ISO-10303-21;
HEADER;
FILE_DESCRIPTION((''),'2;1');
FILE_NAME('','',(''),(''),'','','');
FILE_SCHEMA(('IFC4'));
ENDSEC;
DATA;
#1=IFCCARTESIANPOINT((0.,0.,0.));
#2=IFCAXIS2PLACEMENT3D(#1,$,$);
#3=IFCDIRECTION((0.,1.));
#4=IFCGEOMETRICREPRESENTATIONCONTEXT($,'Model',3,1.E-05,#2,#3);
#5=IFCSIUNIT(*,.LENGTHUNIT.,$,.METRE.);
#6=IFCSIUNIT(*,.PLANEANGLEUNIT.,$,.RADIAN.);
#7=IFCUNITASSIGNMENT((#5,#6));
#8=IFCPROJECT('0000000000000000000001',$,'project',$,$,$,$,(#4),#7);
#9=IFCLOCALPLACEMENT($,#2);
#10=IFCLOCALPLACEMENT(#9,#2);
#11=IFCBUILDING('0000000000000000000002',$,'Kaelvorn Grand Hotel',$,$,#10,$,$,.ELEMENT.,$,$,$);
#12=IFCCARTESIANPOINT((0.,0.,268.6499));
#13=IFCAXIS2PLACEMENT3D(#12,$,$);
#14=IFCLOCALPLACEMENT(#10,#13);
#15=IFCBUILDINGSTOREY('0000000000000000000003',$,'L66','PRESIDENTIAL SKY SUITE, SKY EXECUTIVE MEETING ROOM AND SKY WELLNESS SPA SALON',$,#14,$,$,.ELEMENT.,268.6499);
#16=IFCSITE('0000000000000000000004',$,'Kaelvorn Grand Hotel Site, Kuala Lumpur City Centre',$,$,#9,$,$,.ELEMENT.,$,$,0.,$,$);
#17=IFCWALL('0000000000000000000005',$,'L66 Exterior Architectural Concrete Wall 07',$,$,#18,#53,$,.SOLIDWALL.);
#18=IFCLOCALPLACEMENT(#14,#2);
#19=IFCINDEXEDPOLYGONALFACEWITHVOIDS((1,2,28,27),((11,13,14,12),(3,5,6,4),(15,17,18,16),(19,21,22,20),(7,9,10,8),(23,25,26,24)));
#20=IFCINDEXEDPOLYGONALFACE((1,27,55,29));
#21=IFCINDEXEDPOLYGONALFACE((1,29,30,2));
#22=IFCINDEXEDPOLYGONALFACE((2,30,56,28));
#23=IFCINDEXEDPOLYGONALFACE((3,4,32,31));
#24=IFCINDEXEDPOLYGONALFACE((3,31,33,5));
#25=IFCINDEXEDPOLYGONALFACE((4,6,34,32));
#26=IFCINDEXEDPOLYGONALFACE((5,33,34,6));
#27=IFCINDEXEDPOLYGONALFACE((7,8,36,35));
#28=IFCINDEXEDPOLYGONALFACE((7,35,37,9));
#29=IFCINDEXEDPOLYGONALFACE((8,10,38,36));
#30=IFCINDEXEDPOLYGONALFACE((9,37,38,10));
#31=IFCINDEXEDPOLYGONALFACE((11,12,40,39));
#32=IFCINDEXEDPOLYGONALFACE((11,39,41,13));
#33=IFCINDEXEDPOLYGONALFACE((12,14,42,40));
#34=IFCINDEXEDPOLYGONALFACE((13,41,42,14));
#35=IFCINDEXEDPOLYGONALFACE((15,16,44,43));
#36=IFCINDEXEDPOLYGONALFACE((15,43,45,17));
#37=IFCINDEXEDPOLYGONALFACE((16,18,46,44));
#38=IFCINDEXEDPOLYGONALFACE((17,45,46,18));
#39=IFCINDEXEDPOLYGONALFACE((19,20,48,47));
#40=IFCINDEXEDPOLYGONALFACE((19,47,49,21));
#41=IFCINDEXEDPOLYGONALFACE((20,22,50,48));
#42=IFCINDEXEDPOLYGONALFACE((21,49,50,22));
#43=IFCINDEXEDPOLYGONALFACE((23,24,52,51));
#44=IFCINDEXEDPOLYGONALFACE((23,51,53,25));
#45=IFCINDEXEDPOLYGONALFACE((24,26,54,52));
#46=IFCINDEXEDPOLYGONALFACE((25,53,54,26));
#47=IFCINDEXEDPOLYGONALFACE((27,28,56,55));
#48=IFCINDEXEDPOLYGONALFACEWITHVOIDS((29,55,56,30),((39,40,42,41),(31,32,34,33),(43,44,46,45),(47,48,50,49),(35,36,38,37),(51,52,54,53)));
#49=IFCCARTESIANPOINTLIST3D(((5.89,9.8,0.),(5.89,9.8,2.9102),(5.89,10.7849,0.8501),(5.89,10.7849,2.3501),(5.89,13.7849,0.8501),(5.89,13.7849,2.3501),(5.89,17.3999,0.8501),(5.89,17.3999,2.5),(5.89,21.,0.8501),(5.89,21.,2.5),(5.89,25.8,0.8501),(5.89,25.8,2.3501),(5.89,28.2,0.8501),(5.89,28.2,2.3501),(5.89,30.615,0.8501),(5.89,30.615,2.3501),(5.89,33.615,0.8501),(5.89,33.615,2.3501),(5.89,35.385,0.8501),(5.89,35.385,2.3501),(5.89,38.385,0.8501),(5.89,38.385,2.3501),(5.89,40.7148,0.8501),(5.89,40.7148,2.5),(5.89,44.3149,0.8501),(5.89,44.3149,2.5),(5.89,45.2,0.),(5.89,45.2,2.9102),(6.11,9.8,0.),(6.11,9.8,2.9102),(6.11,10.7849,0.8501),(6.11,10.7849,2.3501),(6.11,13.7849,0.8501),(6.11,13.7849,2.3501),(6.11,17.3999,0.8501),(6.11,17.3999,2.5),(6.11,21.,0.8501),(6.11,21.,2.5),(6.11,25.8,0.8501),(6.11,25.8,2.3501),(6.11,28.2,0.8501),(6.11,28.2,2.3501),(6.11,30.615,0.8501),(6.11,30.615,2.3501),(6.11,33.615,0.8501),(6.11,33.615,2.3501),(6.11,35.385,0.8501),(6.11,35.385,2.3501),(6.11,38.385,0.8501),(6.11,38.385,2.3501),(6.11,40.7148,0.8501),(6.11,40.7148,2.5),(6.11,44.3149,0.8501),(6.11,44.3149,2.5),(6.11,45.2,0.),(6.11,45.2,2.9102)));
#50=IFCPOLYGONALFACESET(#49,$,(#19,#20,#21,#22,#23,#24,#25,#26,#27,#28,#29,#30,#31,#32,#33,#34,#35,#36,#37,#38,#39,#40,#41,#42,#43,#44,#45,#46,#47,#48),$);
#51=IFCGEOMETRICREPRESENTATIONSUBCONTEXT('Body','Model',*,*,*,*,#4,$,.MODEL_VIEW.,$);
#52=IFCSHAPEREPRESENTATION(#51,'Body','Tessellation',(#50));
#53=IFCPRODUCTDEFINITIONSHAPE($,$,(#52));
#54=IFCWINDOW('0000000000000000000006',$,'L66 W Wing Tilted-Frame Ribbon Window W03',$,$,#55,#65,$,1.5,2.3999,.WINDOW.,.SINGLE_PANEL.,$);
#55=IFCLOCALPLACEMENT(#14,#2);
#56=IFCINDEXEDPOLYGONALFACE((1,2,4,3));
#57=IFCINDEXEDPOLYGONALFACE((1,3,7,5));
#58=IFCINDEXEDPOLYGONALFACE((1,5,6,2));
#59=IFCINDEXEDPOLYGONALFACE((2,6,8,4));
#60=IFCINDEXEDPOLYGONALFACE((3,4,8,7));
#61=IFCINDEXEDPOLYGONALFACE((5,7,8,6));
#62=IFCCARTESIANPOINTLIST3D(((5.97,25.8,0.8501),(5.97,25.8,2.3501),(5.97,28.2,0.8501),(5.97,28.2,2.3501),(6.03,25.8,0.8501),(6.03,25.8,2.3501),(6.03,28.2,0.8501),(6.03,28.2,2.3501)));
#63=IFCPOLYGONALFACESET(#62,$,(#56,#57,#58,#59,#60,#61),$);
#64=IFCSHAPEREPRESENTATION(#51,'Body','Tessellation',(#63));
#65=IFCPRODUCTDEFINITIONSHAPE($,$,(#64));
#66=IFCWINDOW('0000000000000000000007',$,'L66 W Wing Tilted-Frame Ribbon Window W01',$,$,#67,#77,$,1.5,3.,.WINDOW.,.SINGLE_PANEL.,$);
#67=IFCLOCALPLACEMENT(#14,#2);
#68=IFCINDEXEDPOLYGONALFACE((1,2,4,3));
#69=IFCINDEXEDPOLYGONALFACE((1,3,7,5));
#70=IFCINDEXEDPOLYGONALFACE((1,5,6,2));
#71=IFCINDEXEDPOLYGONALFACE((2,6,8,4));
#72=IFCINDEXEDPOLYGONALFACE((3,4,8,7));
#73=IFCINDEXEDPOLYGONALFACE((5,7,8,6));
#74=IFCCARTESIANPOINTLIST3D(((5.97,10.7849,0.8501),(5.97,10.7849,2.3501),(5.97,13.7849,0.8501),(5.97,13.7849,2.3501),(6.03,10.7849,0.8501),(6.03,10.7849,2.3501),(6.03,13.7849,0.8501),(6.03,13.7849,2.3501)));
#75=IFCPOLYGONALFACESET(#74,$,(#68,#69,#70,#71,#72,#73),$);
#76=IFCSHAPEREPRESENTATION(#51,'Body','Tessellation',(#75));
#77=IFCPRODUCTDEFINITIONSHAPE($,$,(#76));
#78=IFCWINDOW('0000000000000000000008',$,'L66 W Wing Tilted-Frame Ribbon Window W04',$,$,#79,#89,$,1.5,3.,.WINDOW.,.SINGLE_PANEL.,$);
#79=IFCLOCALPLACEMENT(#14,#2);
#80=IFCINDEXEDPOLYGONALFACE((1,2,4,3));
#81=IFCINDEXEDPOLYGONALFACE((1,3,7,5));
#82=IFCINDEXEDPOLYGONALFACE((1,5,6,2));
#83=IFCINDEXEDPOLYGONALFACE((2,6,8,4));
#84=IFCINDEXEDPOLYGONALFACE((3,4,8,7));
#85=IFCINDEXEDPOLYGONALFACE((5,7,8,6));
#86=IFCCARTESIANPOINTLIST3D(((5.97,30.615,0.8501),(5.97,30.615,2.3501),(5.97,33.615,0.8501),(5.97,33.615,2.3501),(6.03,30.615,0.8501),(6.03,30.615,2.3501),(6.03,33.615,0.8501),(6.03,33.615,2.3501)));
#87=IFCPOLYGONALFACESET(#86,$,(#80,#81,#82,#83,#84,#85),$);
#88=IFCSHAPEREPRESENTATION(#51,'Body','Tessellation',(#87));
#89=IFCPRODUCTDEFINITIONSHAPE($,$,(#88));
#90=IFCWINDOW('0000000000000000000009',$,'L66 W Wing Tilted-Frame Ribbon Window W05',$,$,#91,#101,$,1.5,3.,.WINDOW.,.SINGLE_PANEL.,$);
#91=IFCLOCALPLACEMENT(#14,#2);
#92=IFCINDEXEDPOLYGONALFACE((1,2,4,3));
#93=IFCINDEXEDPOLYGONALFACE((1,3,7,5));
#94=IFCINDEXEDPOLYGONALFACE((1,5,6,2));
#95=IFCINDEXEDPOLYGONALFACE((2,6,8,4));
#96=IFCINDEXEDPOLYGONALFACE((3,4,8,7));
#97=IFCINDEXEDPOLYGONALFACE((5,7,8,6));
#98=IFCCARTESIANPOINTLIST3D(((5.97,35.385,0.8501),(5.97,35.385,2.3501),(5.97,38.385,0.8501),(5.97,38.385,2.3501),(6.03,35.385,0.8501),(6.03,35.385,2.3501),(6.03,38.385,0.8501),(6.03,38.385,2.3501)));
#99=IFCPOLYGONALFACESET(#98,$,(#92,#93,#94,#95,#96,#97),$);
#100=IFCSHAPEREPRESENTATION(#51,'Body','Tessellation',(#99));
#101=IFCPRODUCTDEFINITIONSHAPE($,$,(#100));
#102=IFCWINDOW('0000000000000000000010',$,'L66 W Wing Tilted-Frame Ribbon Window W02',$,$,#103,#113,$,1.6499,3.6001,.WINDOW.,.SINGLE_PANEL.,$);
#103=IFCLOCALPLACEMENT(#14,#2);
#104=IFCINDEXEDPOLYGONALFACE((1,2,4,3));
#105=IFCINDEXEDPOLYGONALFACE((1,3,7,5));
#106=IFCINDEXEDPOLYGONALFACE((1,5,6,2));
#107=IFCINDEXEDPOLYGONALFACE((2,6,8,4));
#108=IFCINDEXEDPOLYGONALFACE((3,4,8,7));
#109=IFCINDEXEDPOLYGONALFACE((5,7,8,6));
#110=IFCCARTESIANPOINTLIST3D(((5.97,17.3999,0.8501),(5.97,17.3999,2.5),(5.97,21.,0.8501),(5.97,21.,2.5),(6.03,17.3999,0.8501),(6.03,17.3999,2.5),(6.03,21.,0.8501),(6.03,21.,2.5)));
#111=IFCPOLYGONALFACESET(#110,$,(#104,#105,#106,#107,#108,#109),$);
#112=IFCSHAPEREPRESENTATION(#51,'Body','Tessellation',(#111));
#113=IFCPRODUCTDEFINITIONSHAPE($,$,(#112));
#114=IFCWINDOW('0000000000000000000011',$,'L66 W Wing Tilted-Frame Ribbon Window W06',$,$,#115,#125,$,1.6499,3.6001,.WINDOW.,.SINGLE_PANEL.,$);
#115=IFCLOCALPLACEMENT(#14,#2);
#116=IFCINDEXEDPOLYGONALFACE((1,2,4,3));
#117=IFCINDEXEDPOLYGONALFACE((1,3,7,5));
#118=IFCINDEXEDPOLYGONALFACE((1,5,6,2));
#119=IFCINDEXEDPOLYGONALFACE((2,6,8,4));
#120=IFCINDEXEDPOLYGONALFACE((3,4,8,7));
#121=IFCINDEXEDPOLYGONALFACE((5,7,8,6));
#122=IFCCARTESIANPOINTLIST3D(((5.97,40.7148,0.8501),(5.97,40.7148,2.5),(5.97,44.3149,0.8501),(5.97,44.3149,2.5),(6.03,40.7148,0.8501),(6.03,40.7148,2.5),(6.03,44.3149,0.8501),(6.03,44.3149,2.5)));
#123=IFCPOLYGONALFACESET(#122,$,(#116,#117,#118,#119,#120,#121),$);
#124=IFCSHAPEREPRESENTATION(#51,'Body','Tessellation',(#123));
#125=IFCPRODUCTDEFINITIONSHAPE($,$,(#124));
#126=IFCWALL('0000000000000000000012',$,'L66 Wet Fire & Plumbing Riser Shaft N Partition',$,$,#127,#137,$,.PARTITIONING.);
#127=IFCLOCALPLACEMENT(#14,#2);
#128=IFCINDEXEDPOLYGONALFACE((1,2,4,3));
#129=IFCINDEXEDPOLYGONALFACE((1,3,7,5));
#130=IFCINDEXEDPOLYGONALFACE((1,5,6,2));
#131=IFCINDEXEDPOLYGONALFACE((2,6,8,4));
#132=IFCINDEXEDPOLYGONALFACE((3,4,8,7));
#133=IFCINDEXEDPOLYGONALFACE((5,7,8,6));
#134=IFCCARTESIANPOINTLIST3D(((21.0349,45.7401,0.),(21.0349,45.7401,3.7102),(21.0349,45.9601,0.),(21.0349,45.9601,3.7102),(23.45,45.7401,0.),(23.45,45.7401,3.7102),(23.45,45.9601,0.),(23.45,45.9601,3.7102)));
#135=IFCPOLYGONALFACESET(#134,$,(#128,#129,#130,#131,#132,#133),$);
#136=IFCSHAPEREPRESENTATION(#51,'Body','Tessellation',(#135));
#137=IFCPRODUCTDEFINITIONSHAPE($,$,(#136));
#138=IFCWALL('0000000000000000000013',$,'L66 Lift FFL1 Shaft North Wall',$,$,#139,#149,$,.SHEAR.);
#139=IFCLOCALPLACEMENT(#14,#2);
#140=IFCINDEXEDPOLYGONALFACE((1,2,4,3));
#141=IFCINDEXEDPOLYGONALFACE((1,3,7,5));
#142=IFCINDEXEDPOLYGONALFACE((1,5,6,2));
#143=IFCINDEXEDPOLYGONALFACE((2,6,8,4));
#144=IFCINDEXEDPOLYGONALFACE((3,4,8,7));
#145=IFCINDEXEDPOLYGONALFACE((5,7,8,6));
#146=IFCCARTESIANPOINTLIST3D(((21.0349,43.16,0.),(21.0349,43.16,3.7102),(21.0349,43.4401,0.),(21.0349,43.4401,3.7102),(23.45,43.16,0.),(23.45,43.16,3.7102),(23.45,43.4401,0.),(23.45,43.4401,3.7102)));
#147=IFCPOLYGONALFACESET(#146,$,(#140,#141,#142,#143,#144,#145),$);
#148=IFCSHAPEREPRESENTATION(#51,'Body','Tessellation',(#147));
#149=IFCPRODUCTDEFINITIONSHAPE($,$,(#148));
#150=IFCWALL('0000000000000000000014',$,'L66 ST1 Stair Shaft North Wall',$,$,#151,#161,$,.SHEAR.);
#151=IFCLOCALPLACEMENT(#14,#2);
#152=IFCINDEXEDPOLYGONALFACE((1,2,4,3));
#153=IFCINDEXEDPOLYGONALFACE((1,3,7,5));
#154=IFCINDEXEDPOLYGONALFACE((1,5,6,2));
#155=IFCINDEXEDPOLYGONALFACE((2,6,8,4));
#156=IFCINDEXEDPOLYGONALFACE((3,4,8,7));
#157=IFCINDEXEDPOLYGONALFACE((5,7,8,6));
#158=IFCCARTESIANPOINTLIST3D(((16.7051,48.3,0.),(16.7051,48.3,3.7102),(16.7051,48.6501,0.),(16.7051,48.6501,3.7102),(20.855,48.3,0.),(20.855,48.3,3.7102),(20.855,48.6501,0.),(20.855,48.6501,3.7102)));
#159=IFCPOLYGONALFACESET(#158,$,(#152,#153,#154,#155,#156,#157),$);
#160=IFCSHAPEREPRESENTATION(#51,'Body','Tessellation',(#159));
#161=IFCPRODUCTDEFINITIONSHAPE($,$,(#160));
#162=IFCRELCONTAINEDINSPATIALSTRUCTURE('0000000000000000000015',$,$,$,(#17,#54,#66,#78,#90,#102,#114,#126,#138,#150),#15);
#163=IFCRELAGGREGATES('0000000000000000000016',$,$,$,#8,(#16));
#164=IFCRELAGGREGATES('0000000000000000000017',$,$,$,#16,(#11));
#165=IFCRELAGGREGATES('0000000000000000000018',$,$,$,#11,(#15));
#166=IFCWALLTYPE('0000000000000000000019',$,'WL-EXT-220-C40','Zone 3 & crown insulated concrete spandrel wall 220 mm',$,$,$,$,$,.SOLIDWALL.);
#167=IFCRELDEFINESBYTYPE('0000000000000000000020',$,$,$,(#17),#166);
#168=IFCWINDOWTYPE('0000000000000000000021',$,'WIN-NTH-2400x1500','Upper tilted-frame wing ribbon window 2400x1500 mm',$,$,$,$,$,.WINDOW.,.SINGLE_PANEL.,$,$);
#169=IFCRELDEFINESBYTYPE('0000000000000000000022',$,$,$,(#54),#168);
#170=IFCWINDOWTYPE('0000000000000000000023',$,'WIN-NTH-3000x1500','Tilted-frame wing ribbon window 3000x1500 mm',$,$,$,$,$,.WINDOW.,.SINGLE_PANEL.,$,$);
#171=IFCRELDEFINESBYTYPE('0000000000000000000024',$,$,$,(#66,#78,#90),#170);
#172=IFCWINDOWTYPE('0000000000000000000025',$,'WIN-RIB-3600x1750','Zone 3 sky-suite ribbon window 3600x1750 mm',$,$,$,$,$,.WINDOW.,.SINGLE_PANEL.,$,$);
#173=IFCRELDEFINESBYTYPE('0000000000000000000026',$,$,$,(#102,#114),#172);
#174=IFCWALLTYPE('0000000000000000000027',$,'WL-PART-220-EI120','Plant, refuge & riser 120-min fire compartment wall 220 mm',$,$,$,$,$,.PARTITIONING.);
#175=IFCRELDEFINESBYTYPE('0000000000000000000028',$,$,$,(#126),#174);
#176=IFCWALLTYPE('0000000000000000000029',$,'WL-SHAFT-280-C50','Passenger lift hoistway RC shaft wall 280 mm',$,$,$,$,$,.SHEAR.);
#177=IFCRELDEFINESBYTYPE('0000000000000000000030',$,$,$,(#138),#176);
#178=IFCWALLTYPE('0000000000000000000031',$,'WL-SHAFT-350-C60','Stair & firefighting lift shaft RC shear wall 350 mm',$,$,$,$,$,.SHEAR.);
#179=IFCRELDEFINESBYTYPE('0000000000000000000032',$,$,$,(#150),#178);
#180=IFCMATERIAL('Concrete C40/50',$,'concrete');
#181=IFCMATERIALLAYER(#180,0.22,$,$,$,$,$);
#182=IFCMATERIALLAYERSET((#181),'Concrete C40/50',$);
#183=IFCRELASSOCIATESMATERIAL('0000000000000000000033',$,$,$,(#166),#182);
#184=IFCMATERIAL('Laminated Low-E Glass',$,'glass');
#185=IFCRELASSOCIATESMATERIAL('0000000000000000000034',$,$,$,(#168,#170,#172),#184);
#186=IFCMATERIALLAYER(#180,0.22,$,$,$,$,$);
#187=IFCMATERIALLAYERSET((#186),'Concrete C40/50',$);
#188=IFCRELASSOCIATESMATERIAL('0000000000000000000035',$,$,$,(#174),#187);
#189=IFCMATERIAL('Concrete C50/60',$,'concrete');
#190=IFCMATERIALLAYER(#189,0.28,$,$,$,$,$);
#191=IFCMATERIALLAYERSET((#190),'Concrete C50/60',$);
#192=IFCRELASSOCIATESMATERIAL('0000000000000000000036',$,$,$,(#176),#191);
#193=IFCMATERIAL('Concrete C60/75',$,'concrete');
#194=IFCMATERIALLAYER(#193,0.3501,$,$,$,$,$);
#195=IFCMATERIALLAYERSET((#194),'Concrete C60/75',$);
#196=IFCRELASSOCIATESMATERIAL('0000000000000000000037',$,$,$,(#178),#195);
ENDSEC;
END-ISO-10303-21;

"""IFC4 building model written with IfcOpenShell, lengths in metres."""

from ifc_helpers import new_model, si_unit, direction, frame, frame_2d, origin, place, context, subcontext, project, spatial, rectangle, extrude, material, layer, layer_set, type_object, element, fill, save


model = new_model("IFC4")

# Units and contexts
model_context = context("Model", 3, precision=1e-05, world=origin(), true_north=direction((0.0, 1.0)))
body_context = subcontext(model_context, "Body", "Model", "MODEL_VIEW")
ifc_project = project(units=[si_unit("LENGTHUNIT", "METRE"), si_unit("PLANEANGLEUNIT", "RADIAN")], contexts=[model_context])

# Site, building, storey
site_placement = place(None, origin())
site = spatial("IfcSite", under=ifc_project, at=site_placement, Name="Kaelvorn Grand Hotel Site, Kuala Lumpur City Centre", CompositionType="ELEMENT", RefElevation=0.0)
building_placement = place(site_placement, origin())
building = spatial("IfcBuilding", under=site, at=building_placement, Name="Kaelvorn Grand Hotel", CompositionType="ELEMENT")
storey_placement = place(building_placement, frame((0.0, 0.0, 268.6499)))
storey = spatial("IfcBuildingStorey", under=building, at=storey_placement, Name="L66", Description="PRESIDENTIAL SKY SUITE, SKY EXECUTIVE MEETING ROOM AND SKY WELLNESS SPA SALON", CompositionType="ELEMENT", Elevation=268.6499)

# Shared definitions
ifc_material_1 = material(Name="Concrete C60/75", Category="concrete")
ifc_material_2 = material(Name="Concrete C50/60", Category="concrete")

# Shared definitions
ifc_material_3 = material(Name="Concrete C40/50", Category="concrete")
ifc_layer_1 = layer(ifc_material_3, 0.22)
ifc_layer_set_1 = layer_set([ifc_layer_1], Name="Concrete C40/50")
wall_type_1 = type_object("IfcWallType", Name="WL-EXT-220-C40", Description="Zone 3 & crown insulated concrete spandrel wall 220 mm", PredefinedType="SOLIDWALL", material=ifc_layer_set_1)
ifc_material_4 = material(Name="Laminated Low-E Glass", Category="glass")

# Wall, openings, windows
wall_1_placement = place(storey_placement, frame((6.0, 45.2, 0.0), z_axis=(0.0, 0.0, 1.0), x_axis=(0.0, -1.0, 0.0)))
wall_1 = element("IfcWall", 1, at=wall_1_placement, inside=storey, type_object=wall_type_1, Name="L66 Exterior Architectural Concrete Wall 07", PredefinedType="SOLIDWALL", context=body_context, shape_type="SweptSolid", body=[
    extrude(rectangle(XDim=35.3999, YDim=0.22, at=frame_2d((17.7, 0.0))), origin(), (0.0, 0.0, 1.0), 2.9102),
])
opening_1_placement = place(wall_1_placement, frame((31.415, 0.0, 0.8501)))
opening_1 = element("IfcOpeningElement", 2, at=opening_1_placement, cuts=wall_1, PredefinedType="OPENING", context=body_context, shape_type="SweptSolid", body=[
    extrude(rectangle(XDim=3.0, YDim=1.5, at=frame_2d((1.5, 0.75))), frame((0.0, 0.1201, 0.0), z_axis=(0.0, -1.0, 0.0), x_axis=(1.0, 0.0, 0.0)), (0.0, 0.0, 1.0), 0.24),
])
opening_2_placement = place(wall_1_placement, frame((24.2, 0.0, 0.8501)))
opening_2 = element("IfcOpeningElement", 3, at=opening_2_placement, cuts=wall_1, PredefinedType="OPENING", context=body_context, shape_type="SweptSolid", body=[
    extrude(rectangle(XDim=3.6001, YDim=1.6499, at=frame_2d((1.8, 0.825))), frame((0.0, 0.1201, 0.0), z_axis=(0.0, -1.0, 0.0), x_axis=(1.0, 0.0, 0.0)), (0.0, 0.0, 1.0), 0.24),
])
opening_3_placement = place(wall_1_placement, frame((17.0, 0.0, 0.8501)))
opening_3 = element("IfcOpeningElement", 4, at=opening_3_placement, cuts=wall_1, PredefinedType="OPENING", context=body_context, shape_type="SweptSolid", body=[
    extrude(rectangle(XDim=2.3999, YDim=1.5, at=frame_2d((1.2, 0.75))), frame((0.0, 0.1201, 0.0), z_axis=(0.0, -1.0, 0.0), x_axis=(1.0, 0.0, 0.0)), (0.0, 0.0, 1.0), 0.24),
])
opening_4_placement = place(wall_1_placement, frame((11.585, 0.0, 0.8501)))
opening_4 = element("IfcOpeningElement", 5, at=opening_4_placement, cuts=wall_1, PredefinedType="OPENING", context=body_context, shape_type="SweptSolid", body=[
    extrude(rectangle(XDim=3.0, YDim=1.5, at=frame_2d((1.5, 0.75))), frame((0.0, 0.1201, 0.0), z_axis=(0.0, -1.0, 0.0), x_axis=(1.0, 0.0, 0.0)), (0.0, 0.0, 1.0), 0.24),
])
opening_5_placement = place(wall_1_placement, frame((6.8149, 0.0, 0.8501)))
opening_5 = element("IfcOpeningElement", 6, at=opening_5_placement, cuts=wall_1, PredefinedType="OPENING", context=body_context, shape_type="SweptSolid", body=[
    extrude(rectangle(XDim=3.0, YDim=1.5, at=frame_2d((1.5, 0.75))), frame((0.0, 0.1201, 0.0), z_axis=(0.0, -1.0, 0.0), x_axis=(1.0, 0.0, 0.0)), (0.0, 0.0, 1.0), 0.24),
])
opening_6_placement = place(wall_1_placement, frame((0.885, 0.0, 0.8501)))
opening_6 = element("IfcOpeningElement", 7, at=opening_6_placement, cuts=wall_1, PredefinedType="OPENING", context=body_context, shape_type="SweptSolid", body=[
    extrude(rectangle(XDim=3.6001, YDim=1.6499, at=frame_2d((1.8, 0.825))), frame((0.0, 0.1201, 0.0), z_axis=(0.0, -1.0, 0.0), x_axis=(1.0, 0.0, 0.0)), (0.0, 0.0, 1.0), 0.24),
])
window_type_1 = type_object("IfcWindowType", Name="WIN-NTH-2400x1500", Description="Upper tilted-frame wing ribbon window 2400x1500 mm", PartitioningType="SINGLE_PANEL", PredefinedType="WINDOW", material=ifc_material_4)
window_1_placement = place(opening_3_placement, origin())
window_1 = element("IfcWindow", 8, at=window_1_placement, inside=storey, type_object=window_type_1, Name="L66 W Wing Tilted-Frame Ribbon Window W03", OverallHeight=1.5, OverallWidth=2.3999, PartitioningType="SINGLE_PANEL", PredefinedType="WINDOW", context=body_context, shape_type="SweptSolid", body=[
    extrude(rectangle(XDim=2.3999, YDim=1.5, at=frame_2d((1.2, 0.75))), frame((0.0, 0.03, 0.0), z_axis=(0.0, -1.0, 0.0), x_axis=(1.0, 0.0, 0.0)), (0.0, 0.0, 1.0), 0.0601),
])
fill(opening_3, window_1)
window_type_2 = type_object("IfcWindowType", Name="WIN-NTH-3000x1500", Description="Tilted-frame wing ribbon window 3000x1500 mm", PartitioningType="SINGLE_PANEL", PredefinedType="WINDOW", material=ifc_material_4)
window_2_placement = place(opening_1_placement, origin())
window_2 = element("IfcWindow", 9, at=window_2_placement, inside=storey, type_object=window_type_2, Name="L66 W Wing Tilted-Frame Ribbon Window W01", OverallHeight=1.5, OverallWidth=3.0, PartitioningType="SINGLE_PANEL", PredefinedType="WINDOW", context=body_context, shape_type="SweptSolid", body=[
    extrude(rectangle(XDim=3.0, YDim=1.5, at=frame_2d((1.5, 0.75))), frame((0.0, 0.03, 0.0), z_axis=(0.0, -1.0, 0.0), x_axis=(1.0, 0.0, 0.0)), (0.0, 0.0, 1.0), 0.0601),
])
fill(opening_1, window_2)
window_3_placement = place(opening_4_placement, origin())
window_3 = element("IfcWindow", 10, at=window_3_placement, inside=storey, type_object=window_type_2, Name="L66 W Wing Tilted-Frame Ribbon Window W04", OverallHeight=1.5, OverallWidth=3.0, PartitioningType="SINGLE_PANEL", PredefinedType="WINDOW", context=body_context, shape_type="SweptSolid", body=[
    extrude(rectangle(XDim=3.0, YDim=1.5, at=frame_2d((1.5, 0.75))), frame((0.0, 0.03, 0.0), z_axis=(0.0, -1.0, 0.0), x_axis=(1.0, 0.0, 0.0)), (0.0, 0.0, 1.0), 0.0601),
])
fill(opening_4, window_3)
window_4_placement = place(opening_5_placement, origin())
window_4 = element("IfcWindow", 11, at=window_4_placement, inside=storey, type_object=window_type_2, Name="L66 W Wing Tilted-Frame Ribbon Window W05", OverallHeight=1.5, OverallWidth=3.0, PartitioningType="SINGLE_PANEL", PredefinedType="WINDOW", context=body_context, shape_type="SweptSolid", body=[
    extrude(rectangle(XDim=3.0, YDim=1.5, at=frame_2d((1.5, 0.75))), frame((0.0, 0.03, 0.0), z_axis=(0.0, -1.0, 0.0), x_axis=(1.0, 0.0, 0.0)), (0.0, 0.0, 1.0), 0.0601),
])
fill(opening_5, window_4)
window_type_3 = type_object("IfcWindowType", Name="WIN-RIB-3600x1750", Description="Zone 3 sky-suite ribbon window 3600x1750 mm", PartitioningType="SINGLE_PANEL", PredefinedType="WINDOW", material=ifc_material_4)
window_5_placement = place(opening_2_placement, origin())
window_5 = element("IfcWindow", 12, at=window_5_placement, inside=storey, type_object=window_type_3, Name="L66 W Wing Tilted-Frame Ribbon Window W02", OverallHeight=1.6499, OverallWidth=3.6001, PartitioningType="SINGLE_PANEL", PredefinedType="WINDOW", context=body_context, shape_type="SweptSolid", body=[
    extrude(rectangle(XDim=3.6001, YDim=1.6499, at=frame_2d((1.8, 0.825))), frame((0.0, 0.03, 0.0), z_axis=(0.0, -1.0, 0.0), x_axis=(1.0, 0.0, 0.0)), (0.0, 0.0, 1.0), 0.0601),
])
fill(opening_2, window_5)
window_6_placement = place(opening_6_placement, origin())
window_6 = element("IfcWindow", 13, at=window_6_placement, inside=storey, type_object=window_type_3, Name="L66 W Wing Tilted-Frame Ribbon Window W06", OverallHeight=1.6499, OverallWidth=3.6001, PartitioningType="SINGLE_PANEL", PredefinedType="WINDOW", context=body_context, shape_type="SweptSolid", body=[
    extrude(rectangle(XDim=3.6001, YDim=1.6499, at=frame_2d((1.8, 0.825))), frame((0.0, 0.03, 0.0), z_axis=(0.0, -1.0, 0.0), x_axis=(1.0, 0.0, 0.0)), (0.0, 0.0, 1.0), 0.0601),
])
fill(opening_6, window_6)

# Walls
ifc_layer_2 = layer(ifc_material_3, 0.22)
ifc_layer_set_2 = layer_set([ifc_layer_2], Name="Concrete C40/50")
wall_type_2 = type_object("IfcWallType", Name="WL-PART-220-EI120", Description="Plant, refuge & riser 120-min fire compartment wall 220 mm", PredefinedType="PARTITIONING", material=ifc_layer_set_2)
wall_2_placement = place(storey_placement, frame((21.0349, 45.8501, 0.0), z_axis=(0.0, 0.0, 1.0), x_axis=(1.0, 0.0, 0.0)))
element("IfcWall", 14, at=wall_2_placement, inside=storey, type_object=wall_type_2, Name="L66 Wet Fire & Plumbing Riser Shaft N Partition", PredefinedType="PARTITIONING", context=body_context, shape_type="SweptSolid", body=[
    extrude(rectangle(XDim=2.415, YDim=0.22, at=frame_2d((1.2075, 0.0))), origin(), (0.0, 0.0, 1.0), 3.7102),
])
ifc_layer_3 = layer(ifc_material_2, 0.28)
ifc_layer_set_3 = layer_set([ifc_layer_3], Name="Concrete C50/60")
wall_type_3 = type_object("IfcWallType", Name="WL-SHAFT-280-C50", Description="Passenger lift hoistway RC shaft wall 280 mm", PredefinedType="SHEAR", material=ifc_layer_set_3)
wall_3_placement = place(storey_placement, frame((21.0349, 43.3, 0.0), z_axis=(0.0, 0.0, 1.0), x_axis=(1.0, 0.0, 0.0)))
element("IfcWall", 15, at=wall_3_placement, inside=storey, type_object=wall_type_3, Name="L66 Lift FFL1 Shaft North Wall", PredefinedType="SHEAR", context=body_context, shape_type="SweptSolid", body=[
    extrude(rectangle(XDim=2.415, YDim=0.28, at=frame_2d((1.2075, 0.0))), origin(), (0.0, 0.0, 1.0), 3.7102),
])
ifc_layer_4 = layer(ifc_material_1, 0.3501)
ifc_layer_set_4 = layer_set([ifc_layer_4], Name="Concrete C60/75")
wall_type_4 = type_object("IfcWallType", Name="WL-SHAFT-350-C60", Description="Stair & firefighting lift shaft RC shear wall 350 mm", PredefinedType="SHEAR", material=ifc_layer_set_4)
wall_4_placement = place(storey_placement, frame((16.7051, 48.4751, 0.0), z_axis=(0.0, 0.0, 1.0), x_axis=(1.0, 0.0, 0.0)))
element("IfcWall", 16, at=wall_4_placement, inside=storey, type_object=wall_type_4, Name="L66 ST1 Stair Shaft North Wall", PredefinedType="SHEAR", context=body_context, shape_type="SweptSolid", body=[
    extrude(rectangle(XDim=4.1499, YDim=0.3501, at=frame_2d((2.075, 0.0))), origin(), (0.0, 0.0, 1.0), 3.7102),
])

save(model, "model.ifc")
